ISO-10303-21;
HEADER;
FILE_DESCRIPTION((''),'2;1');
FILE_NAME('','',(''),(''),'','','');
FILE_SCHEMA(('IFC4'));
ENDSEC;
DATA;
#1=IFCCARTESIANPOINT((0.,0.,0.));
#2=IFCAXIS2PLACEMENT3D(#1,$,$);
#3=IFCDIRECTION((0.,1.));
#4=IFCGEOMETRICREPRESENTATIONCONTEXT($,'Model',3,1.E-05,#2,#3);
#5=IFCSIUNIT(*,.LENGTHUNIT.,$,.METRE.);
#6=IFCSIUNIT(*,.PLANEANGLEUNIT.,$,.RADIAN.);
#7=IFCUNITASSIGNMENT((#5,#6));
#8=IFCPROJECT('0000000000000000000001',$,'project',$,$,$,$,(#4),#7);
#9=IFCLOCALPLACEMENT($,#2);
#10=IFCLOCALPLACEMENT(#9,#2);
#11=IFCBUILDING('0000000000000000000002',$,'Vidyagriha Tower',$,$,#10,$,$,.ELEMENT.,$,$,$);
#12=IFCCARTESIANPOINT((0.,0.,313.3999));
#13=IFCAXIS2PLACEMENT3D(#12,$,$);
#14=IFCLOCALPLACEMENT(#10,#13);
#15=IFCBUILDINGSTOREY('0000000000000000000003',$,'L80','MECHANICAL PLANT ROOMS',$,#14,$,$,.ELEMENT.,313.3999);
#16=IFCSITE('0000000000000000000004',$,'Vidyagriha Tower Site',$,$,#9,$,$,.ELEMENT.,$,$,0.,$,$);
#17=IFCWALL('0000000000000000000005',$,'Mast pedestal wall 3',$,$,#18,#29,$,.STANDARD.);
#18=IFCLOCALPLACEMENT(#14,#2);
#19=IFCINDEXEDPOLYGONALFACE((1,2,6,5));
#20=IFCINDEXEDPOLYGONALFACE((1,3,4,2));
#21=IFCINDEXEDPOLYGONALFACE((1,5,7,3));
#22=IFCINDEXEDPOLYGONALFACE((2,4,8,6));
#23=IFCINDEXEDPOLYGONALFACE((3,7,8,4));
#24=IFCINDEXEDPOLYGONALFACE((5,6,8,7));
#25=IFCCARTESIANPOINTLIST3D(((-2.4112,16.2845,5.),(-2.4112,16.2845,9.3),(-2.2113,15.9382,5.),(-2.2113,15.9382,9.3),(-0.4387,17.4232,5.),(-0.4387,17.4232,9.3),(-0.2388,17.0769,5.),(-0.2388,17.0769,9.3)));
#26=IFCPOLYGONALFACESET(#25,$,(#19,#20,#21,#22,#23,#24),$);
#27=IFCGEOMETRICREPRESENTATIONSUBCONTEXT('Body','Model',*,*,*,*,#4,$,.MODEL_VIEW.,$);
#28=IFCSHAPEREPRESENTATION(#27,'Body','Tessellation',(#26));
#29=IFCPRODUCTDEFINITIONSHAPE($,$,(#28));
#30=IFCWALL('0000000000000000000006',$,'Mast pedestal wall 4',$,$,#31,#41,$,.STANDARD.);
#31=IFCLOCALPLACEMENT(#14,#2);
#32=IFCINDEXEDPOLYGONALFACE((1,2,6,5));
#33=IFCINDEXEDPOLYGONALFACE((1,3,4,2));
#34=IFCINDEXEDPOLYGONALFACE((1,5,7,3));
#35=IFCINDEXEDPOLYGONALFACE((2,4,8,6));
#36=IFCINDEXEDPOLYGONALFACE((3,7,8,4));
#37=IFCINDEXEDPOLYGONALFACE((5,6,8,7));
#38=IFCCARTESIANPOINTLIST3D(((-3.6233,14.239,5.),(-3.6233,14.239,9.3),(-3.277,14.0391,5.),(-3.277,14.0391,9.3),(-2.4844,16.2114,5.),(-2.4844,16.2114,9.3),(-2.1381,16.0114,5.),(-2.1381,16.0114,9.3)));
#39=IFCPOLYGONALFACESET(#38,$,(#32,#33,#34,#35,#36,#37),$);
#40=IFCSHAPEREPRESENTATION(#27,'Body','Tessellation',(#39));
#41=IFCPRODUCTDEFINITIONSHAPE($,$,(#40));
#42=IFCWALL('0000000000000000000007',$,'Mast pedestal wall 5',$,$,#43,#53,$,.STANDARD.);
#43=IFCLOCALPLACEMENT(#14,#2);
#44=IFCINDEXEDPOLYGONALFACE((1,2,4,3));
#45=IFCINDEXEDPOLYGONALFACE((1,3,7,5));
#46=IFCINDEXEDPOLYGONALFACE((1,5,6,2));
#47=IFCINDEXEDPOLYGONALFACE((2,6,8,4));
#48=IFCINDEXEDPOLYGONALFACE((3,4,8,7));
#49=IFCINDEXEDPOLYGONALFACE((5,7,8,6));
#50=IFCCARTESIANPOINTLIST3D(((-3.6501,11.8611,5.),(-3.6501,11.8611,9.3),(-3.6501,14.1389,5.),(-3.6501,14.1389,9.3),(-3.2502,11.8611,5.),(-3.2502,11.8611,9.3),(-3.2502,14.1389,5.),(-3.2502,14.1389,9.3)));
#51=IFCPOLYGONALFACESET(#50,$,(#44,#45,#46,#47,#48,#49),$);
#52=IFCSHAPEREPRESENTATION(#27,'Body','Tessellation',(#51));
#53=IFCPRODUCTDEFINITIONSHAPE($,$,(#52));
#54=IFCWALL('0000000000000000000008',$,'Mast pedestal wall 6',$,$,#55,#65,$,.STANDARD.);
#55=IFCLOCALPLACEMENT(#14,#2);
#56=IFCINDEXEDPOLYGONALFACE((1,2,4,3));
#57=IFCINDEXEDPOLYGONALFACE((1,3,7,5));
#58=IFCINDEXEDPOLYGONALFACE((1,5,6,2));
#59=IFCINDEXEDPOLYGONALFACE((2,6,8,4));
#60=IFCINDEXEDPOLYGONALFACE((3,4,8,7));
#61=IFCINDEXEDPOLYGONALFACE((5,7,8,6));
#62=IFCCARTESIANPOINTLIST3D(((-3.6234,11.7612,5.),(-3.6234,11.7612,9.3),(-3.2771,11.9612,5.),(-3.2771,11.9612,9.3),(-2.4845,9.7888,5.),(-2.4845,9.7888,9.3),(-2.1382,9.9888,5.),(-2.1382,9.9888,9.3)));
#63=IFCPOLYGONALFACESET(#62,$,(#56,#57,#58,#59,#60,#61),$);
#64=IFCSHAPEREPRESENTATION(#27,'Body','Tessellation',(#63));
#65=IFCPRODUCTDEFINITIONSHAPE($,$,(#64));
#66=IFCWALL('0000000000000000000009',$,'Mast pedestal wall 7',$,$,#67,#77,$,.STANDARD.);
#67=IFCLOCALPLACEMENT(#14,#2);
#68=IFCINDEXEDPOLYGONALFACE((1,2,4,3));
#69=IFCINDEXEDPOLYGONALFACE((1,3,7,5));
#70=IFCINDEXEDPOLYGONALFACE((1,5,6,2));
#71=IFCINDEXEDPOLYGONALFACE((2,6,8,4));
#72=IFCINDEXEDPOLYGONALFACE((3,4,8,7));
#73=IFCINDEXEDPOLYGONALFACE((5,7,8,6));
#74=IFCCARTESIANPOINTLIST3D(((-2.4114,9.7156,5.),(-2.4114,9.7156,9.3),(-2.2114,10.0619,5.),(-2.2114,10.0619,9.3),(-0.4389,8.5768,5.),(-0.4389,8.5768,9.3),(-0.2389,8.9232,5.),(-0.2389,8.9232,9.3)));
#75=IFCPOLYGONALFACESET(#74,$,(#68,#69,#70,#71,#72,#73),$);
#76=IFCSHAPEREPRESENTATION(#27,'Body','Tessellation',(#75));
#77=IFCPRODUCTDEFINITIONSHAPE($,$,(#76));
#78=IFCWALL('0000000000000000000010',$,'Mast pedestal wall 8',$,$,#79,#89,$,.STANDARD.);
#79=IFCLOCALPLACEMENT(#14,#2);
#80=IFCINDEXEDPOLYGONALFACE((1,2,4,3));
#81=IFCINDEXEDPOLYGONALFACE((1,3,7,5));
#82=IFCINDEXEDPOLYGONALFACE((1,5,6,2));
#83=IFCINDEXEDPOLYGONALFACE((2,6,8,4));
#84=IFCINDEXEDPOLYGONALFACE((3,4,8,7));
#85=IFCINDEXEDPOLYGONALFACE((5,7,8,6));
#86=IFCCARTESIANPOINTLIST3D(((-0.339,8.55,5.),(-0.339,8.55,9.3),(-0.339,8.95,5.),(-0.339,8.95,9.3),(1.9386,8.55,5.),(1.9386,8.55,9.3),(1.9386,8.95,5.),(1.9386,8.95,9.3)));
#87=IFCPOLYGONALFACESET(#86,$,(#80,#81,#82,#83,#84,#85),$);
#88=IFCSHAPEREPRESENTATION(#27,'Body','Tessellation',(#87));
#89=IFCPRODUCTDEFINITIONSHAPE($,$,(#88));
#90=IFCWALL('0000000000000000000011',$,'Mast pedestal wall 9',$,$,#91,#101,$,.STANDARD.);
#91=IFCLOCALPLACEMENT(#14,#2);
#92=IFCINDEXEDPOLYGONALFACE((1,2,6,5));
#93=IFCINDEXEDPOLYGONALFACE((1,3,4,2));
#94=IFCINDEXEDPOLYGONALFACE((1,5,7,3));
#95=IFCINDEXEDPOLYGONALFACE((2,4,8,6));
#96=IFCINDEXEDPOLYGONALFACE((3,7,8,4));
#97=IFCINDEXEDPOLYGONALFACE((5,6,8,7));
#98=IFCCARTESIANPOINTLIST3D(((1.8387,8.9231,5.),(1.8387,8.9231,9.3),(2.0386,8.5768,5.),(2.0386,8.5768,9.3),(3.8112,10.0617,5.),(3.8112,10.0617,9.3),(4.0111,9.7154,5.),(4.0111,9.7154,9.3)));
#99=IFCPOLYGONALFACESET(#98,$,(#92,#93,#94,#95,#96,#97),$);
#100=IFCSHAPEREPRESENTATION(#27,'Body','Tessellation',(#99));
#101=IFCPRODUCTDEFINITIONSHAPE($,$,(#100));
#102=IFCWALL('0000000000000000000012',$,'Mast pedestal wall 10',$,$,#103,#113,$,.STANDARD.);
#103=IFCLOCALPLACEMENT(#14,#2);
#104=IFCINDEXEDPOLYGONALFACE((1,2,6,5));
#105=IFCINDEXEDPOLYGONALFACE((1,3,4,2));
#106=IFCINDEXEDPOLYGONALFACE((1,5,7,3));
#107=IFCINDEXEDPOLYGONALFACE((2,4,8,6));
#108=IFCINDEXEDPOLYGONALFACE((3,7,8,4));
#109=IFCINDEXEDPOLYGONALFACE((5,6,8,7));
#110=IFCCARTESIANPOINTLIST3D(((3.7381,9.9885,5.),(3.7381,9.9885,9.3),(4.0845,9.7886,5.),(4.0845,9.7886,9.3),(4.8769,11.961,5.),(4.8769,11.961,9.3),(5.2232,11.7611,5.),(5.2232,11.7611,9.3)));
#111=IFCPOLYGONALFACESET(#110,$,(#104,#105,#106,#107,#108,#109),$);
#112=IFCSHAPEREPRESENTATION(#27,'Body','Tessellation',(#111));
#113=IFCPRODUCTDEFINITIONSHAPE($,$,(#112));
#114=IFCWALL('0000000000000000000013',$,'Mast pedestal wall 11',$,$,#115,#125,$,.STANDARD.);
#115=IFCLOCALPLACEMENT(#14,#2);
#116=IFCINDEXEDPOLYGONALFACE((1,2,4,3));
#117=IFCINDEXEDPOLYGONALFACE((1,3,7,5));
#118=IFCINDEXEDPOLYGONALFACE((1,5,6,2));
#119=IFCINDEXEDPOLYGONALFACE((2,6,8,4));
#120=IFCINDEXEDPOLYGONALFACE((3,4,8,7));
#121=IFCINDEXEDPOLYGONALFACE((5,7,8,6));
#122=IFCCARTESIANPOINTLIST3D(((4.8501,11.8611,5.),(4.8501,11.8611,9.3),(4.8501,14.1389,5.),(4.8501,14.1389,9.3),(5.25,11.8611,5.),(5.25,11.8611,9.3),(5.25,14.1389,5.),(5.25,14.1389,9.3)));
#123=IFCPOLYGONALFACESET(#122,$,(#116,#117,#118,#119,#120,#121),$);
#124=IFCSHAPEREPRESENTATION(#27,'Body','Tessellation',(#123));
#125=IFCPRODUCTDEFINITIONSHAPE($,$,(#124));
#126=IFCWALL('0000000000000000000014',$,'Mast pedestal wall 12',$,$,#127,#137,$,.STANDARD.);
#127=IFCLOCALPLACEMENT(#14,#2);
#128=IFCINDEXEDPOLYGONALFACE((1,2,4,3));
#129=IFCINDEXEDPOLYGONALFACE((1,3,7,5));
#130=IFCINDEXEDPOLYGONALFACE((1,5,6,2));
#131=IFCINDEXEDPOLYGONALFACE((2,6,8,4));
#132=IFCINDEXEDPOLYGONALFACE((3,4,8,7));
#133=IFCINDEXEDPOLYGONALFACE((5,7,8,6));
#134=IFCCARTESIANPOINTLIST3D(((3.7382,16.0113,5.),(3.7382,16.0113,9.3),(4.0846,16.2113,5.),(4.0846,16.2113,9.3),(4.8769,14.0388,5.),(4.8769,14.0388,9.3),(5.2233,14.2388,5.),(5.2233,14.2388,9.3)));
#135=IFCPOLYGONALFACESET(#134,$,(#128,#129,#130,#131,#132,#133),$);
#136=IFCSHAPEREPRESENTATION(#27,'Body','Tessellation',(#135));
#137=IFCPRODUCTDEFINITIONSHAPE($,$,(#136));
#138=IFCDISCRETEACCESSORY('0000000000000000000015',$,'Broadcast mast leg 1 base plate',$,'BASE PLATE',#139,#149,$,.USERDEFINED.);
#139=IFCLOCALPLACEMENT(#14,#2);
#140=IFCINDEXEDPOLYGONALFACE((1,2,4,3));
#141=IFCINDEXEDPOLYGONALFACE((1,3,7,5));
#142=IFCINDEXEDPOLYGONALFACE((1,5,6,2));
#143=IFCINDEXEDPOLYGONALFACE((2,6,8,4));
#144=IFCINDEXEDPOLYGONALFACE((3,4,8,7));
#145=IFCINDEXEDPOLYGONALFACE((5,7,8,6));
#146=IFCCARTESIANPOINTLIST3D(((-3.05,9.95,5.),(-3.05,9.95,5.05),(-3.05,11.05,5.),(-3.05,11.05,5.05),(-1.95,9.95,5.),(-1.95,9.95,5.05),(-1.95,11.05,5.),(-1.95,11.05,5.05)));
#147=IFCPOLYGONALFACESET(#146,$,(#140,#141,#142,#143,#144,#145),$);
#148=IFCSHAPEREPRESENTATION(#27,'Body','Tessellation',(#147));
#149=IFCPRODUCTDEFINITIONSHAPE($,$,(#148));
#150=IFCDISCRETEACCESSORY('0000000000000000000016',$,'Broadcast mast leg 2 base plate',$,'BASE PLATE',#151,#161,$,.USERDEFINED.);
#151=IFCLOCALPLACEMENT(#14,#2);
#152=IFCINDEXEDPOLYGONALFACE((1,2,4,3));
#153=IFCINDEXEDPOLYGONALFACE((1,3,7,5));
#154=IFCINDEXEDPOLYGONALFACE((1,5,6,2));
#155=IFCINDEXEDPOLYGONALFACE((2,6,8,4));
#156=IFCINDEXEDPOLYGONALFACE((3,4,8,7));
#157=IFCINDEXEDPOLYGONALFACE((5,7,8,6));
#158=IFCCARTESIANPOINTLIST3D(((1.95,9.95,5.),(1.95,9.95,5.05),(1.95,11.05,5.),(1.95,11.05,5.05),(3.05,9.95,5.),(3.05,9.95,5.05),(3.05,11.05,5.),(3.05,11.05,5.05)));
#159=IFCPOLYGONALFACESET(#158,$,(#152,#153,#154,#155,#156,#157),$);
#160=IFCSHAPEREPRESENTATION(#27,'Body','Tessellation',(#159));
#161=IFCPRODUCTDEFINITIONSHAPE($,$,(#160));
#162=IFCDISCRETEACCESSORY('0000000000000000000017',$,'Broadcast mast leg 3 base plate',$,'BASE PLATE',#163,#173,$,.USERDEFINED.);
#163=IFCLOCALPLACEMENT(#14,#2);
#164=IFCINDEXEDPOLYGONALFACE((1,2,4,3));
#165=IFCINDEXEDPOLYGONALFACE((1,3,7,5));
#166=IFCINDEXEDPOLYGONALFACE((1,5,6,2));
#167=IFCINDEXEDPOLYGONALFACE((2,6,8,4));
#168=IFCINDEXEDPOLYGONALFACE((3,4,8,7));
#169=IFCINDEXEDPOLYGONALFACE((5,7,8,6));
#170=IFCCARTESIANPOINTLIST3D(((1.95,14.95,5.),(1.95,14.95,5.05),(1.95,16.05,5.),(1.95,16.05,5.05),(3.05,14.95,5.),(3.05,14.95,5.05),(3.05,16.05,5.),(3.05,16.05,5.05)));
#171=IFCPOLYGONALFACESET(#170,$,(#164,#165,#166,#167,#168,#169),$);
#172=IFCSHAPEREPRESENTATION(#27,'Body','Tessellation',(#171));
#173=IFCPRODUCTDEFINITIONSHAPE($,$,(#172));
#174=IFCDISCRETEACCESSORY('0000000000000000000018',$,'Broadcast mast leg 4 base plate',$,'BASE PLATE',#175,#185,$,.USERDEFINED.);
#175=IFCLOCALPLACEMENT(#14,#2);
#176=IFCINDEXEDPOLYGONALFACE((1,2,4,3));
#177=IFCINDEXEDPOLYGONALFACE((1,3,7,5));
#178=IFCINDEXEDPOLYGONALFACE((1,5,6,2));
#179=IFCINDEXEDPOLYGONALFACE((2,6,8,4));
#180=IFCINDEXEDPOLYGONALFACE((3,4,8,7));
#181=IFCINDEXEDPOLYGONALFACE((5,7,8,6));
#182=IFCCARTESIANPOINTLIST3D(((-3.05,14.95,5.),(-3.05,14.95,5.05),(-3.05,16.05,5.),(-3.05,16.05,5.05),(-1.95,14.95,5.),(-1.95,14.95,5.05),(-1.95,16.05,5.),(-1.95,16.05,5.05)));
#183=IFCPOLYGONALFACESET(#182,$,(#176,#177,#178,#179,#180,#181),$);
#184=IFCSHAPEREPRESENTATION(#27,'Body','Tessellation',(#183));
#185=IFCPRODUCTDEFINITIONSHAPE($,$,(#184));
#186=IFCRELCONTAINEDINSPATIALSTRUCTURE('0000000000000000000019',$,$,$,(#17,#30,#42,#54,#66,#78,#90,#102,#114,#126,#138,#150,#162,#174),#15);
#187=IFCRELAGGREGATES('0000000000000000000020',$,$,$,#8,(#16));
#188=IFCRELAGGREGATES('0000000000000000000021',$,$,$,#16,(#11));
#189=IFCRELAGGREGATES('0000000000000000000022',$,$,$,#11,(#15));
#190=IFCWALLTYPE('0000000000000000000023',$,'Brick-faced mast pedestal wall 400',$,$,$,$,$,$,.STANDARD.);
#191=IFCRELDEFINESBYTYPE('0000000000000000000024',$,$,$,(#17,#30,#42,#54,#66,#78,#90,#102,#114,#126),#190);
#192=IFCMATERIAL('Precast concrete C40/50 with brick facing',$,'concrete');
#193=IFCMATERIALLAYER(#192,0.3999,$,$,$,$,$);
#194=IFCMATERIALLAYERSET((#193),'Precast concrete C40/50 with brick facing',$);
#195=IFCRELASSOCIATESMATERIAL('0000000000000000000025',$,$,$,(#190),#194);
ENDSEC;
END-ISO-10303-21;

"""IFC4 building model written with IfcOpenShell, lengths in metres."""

from ifc_helpers import new_model, si_unit, direction, frame, frame_2d, origin, origin_2d, place, context, subcontext, project, spatial, rectangle, extrude, material, layer, layer_set, type_object, element, save


model = new_model("IFC4")

# Units and contexts
model_context = context("Model", 3, precision=1e-05, world=origin(), true_north=direction((0.0, 1.0)))
body_context = subcontext(model_context, "Body", "Model", "MODEL_VIEW")
ifc_project = project(units=[si_unit("LENGTHUNIT", "METRE"), si_unit("PLANEANGLEUNIT", "RADIAN")], contexts=[model_context])

# Site, building, storey
site_placement = place(None, origin())
site = spatial("IfcSite", under=ifc_project, at=site_placement, Name="Vidyagriha Tower Site", CompositionType="ELEMENT", RefElevation=0.0)
building_placement = place(site_placement, origin())
building = spatial("IfcBuilding", under=site, at=building_placement, Name="Vidyagriha Tower", CompositionType="ELEMENT")
storey_placement = place(building_placement, frame((0.0, 0.0, 313.3999)))
storey = spatial("IfcBuildingStorey", under=building, at=storey_placement, Name="L80", Description="MECHANICAL PLANT ROOMS", CompositionType="ELEMENT", Elevation=313.3999)

# Walls
ifc_material_1 = material(Name="Precast concrete C40/50 with brick facing", Category="concrete")
ifc_layer_1 = layer(ifc_material_1, 0.3999)
ifc_layer_set_1 = layer_set([ifc_layer_1], Name="Precast concrete C40/50 with brick facing")
wall_type_1 = type_object("IfcWallType", Name="Brick-faced mast pedestal wall 400", PredefinedType="STANDARD", material=ifc_layer_set_1)
for number, where, z_axis, x_axis, name in (
    (1, (-0.3389, 17.25, 5.0), (0.0, 0.0, 1.0), (-0.866045, -0.499967, 0.0), "Mast pedestal wall 3"),
    (2, (-2.3113, 16.1113, 5.0), (0.0, 0.0, 1.0), (-0.500047, -0.865998, 0.0), "Mast pedestal wall 4"),
):
    element("IfcWall", number, at=place(storey_placement, frame(where, z_axis=z_axis, x_axis=x_axis)), inside=storey, type_object=wall_type_1, Name=name, PredefinedType="STANDARD", context=body_context, shape_type="SweptSolid", body=[
        extrude(rectangle(XDim=2.2776, YDim=0.3999, at=frame_2d((1.1387, 0.0))), origin(), (0.0, 0.0, 1.0), 4.3),
    ])
wall_1_placement = place(storey_placement, frame((-3.4502, 14.1389, 5.0), z_axis=(0.0, 0.0, 1.0), x_axis=(0.0, -1.0, 0.0)))
element("IfcWall", 3, at=wall_1_placement, inside=storey, type_object=wall_type_1, Name="Mast pedestal wall 5", PredefinedType="STANDARD", context=body_context, shape_type="SweptSolid", body=[
    extrude(rectangle(XDim=2.2778, YDim=0.3999, at=frame_2d((1.1389, 0.0))), origin(), (0.0, 0.0, 1.0), 4.3),
])
for number, where, z_axis, x_axis, name in (
    (4, (-3.4502, 11.8611, 5.0), (0.0, 0.0, 1.0), (0.500047, -0.865998, 0.0), "Mast pedestal wall 6"),
    (5, (-2.3113, 9.8887, 5.0), (0.0, 0.0, 1.0), (0.866045, -0.499967, 0.0), "Mast pedestal wall 7"),
):
    element("IfcWall", number, at=place(storey_placement, frame(where, z_axis=z_axis, x_axis=x_axis)), inside=storey, type_object=wall_type_1, Name=name, PredefinedType="STANDARD", context=body_context, shape_type="SweptSolid", body=[
        extrude(rectangle(XDim=2.2776, YDim=0.3999, at=frame_2d((1.1387, 0.0))), origin(), (0.0, 0.0, 1.0), 4.3),
    ])
wall_2_placement = place(storey_placement, frame((-0.3389, 8.75, 5.0)))
element("IfcWall", 6, at=wall_2_placement, inside=storey, type_object=wall_type_1, Name="Mast pedestal wall 8", PredefinedType="STANDARD", context=body_context, shape_type="SweptSolid", body=[
    extrude(rectangle(XDim=2.2776, YDim=0.3999, at=frame_2d((1.1387, 0.0))), origin(), (0.0, 0.0, 1.0), 4.3),
])
for number, where, z_axis, x_axis, name in (
    (7, (1.9387, 8.75, 5.0), (0.0, 0.0, 1.0), (0.866071, 0.49992, 0.0), "Mast pedestal wall 9"),
    (8, (3.9114, 9.8887, 5.0), (0.0, 0.0, 1.0), (0.499967, 0.866045, 0.0), "Mast pedestal wall 10"),
):
    element("IfcWall", number, at=place(storey_placement, frame(where, z_axis=z_axis, x_axis=x_axis)), inside=storey, type_object=wall_type_1, Name=name, PredefinedType="STANDARD", context=body_context, shape_type="SweptSolid", body=[
        extrude(rectangle(XDim=2.2776, YDim=0.3999, at=frame_2d((1.1387, 0.0))), origin(), (0.0, 0.0, 1.0), 4.3),
    ])
wall_3_placement = place(storey_placement, frame((5.05, 11.8611, 5.0), z_axis=(0.0, 0.0, 1.0), x_axis=(0.0, 1.0, 0.0)))
element("IfcWall", 9, at=wall_3_placement, inside=storey, type_object=wall_type_1, Name="Mast pedestal wall 11", PredefinedType="STANDARD", context=body_context, shape_type="SweptSolid", body=[
    extrude(rectangle(XDim=2.2778, YDim=0.3999, at=frame_2d((1.1389, 0.0))), origin(), (0.0, 0.0, 1.0), 4.3),
])
wall_4_placement = place(storey_placement, frame((5.05, 14.1389, 5.0), z_axis=(0.0, 0.0, 1.0), x_axis=(-0.499967, 0.866045, 0.0)))
element("IfcWall", 10, at=wall_4_placement, inside=storey, type_object=wall_type_1, Name="Mast pedestal wall 12", PredefinedType="STANDARD", context=body_context, shape_type="SweptSolid", body=[
    extrude(rectangle(XDim=2.2776, YDim=0.3999, at=frame_2d((1.1387, 0.0))), origin(), (0.0, 0.0, 1.0), 4.3),
])

# Discrete accessories
for number, where, name in (
    (11, (-2.5, 10.5, 5.0), "Broadcast mast leg 1 base plate"),
    (12, (2.5, 10.5, 5.0), "Broadcast mast leg 2 base plate"),
    (13, (2.5, 15.5, 5.0), "Broadcast mast leg 3 base plate"),
    (14, (-2.5, 15.5, 5.0), "Broadcast mast leg 4 base plate"),
):
    element("IfcDiscreteAccessory", number, at=place(storey_placement, frame(where)), inside=storey, Name=name, ObjectType="BASE PLATE", PredefinedType="USERDEFINED", context=body_context, shape_type="SweptSolid", body=[
        extrude(rectangle(XDim=1.1001, YDim=1.1001, at=origin_2d()), origin(), (0.0, 0.0, 1.0), 0.05),
    ])

save(model, "model.ifc")
